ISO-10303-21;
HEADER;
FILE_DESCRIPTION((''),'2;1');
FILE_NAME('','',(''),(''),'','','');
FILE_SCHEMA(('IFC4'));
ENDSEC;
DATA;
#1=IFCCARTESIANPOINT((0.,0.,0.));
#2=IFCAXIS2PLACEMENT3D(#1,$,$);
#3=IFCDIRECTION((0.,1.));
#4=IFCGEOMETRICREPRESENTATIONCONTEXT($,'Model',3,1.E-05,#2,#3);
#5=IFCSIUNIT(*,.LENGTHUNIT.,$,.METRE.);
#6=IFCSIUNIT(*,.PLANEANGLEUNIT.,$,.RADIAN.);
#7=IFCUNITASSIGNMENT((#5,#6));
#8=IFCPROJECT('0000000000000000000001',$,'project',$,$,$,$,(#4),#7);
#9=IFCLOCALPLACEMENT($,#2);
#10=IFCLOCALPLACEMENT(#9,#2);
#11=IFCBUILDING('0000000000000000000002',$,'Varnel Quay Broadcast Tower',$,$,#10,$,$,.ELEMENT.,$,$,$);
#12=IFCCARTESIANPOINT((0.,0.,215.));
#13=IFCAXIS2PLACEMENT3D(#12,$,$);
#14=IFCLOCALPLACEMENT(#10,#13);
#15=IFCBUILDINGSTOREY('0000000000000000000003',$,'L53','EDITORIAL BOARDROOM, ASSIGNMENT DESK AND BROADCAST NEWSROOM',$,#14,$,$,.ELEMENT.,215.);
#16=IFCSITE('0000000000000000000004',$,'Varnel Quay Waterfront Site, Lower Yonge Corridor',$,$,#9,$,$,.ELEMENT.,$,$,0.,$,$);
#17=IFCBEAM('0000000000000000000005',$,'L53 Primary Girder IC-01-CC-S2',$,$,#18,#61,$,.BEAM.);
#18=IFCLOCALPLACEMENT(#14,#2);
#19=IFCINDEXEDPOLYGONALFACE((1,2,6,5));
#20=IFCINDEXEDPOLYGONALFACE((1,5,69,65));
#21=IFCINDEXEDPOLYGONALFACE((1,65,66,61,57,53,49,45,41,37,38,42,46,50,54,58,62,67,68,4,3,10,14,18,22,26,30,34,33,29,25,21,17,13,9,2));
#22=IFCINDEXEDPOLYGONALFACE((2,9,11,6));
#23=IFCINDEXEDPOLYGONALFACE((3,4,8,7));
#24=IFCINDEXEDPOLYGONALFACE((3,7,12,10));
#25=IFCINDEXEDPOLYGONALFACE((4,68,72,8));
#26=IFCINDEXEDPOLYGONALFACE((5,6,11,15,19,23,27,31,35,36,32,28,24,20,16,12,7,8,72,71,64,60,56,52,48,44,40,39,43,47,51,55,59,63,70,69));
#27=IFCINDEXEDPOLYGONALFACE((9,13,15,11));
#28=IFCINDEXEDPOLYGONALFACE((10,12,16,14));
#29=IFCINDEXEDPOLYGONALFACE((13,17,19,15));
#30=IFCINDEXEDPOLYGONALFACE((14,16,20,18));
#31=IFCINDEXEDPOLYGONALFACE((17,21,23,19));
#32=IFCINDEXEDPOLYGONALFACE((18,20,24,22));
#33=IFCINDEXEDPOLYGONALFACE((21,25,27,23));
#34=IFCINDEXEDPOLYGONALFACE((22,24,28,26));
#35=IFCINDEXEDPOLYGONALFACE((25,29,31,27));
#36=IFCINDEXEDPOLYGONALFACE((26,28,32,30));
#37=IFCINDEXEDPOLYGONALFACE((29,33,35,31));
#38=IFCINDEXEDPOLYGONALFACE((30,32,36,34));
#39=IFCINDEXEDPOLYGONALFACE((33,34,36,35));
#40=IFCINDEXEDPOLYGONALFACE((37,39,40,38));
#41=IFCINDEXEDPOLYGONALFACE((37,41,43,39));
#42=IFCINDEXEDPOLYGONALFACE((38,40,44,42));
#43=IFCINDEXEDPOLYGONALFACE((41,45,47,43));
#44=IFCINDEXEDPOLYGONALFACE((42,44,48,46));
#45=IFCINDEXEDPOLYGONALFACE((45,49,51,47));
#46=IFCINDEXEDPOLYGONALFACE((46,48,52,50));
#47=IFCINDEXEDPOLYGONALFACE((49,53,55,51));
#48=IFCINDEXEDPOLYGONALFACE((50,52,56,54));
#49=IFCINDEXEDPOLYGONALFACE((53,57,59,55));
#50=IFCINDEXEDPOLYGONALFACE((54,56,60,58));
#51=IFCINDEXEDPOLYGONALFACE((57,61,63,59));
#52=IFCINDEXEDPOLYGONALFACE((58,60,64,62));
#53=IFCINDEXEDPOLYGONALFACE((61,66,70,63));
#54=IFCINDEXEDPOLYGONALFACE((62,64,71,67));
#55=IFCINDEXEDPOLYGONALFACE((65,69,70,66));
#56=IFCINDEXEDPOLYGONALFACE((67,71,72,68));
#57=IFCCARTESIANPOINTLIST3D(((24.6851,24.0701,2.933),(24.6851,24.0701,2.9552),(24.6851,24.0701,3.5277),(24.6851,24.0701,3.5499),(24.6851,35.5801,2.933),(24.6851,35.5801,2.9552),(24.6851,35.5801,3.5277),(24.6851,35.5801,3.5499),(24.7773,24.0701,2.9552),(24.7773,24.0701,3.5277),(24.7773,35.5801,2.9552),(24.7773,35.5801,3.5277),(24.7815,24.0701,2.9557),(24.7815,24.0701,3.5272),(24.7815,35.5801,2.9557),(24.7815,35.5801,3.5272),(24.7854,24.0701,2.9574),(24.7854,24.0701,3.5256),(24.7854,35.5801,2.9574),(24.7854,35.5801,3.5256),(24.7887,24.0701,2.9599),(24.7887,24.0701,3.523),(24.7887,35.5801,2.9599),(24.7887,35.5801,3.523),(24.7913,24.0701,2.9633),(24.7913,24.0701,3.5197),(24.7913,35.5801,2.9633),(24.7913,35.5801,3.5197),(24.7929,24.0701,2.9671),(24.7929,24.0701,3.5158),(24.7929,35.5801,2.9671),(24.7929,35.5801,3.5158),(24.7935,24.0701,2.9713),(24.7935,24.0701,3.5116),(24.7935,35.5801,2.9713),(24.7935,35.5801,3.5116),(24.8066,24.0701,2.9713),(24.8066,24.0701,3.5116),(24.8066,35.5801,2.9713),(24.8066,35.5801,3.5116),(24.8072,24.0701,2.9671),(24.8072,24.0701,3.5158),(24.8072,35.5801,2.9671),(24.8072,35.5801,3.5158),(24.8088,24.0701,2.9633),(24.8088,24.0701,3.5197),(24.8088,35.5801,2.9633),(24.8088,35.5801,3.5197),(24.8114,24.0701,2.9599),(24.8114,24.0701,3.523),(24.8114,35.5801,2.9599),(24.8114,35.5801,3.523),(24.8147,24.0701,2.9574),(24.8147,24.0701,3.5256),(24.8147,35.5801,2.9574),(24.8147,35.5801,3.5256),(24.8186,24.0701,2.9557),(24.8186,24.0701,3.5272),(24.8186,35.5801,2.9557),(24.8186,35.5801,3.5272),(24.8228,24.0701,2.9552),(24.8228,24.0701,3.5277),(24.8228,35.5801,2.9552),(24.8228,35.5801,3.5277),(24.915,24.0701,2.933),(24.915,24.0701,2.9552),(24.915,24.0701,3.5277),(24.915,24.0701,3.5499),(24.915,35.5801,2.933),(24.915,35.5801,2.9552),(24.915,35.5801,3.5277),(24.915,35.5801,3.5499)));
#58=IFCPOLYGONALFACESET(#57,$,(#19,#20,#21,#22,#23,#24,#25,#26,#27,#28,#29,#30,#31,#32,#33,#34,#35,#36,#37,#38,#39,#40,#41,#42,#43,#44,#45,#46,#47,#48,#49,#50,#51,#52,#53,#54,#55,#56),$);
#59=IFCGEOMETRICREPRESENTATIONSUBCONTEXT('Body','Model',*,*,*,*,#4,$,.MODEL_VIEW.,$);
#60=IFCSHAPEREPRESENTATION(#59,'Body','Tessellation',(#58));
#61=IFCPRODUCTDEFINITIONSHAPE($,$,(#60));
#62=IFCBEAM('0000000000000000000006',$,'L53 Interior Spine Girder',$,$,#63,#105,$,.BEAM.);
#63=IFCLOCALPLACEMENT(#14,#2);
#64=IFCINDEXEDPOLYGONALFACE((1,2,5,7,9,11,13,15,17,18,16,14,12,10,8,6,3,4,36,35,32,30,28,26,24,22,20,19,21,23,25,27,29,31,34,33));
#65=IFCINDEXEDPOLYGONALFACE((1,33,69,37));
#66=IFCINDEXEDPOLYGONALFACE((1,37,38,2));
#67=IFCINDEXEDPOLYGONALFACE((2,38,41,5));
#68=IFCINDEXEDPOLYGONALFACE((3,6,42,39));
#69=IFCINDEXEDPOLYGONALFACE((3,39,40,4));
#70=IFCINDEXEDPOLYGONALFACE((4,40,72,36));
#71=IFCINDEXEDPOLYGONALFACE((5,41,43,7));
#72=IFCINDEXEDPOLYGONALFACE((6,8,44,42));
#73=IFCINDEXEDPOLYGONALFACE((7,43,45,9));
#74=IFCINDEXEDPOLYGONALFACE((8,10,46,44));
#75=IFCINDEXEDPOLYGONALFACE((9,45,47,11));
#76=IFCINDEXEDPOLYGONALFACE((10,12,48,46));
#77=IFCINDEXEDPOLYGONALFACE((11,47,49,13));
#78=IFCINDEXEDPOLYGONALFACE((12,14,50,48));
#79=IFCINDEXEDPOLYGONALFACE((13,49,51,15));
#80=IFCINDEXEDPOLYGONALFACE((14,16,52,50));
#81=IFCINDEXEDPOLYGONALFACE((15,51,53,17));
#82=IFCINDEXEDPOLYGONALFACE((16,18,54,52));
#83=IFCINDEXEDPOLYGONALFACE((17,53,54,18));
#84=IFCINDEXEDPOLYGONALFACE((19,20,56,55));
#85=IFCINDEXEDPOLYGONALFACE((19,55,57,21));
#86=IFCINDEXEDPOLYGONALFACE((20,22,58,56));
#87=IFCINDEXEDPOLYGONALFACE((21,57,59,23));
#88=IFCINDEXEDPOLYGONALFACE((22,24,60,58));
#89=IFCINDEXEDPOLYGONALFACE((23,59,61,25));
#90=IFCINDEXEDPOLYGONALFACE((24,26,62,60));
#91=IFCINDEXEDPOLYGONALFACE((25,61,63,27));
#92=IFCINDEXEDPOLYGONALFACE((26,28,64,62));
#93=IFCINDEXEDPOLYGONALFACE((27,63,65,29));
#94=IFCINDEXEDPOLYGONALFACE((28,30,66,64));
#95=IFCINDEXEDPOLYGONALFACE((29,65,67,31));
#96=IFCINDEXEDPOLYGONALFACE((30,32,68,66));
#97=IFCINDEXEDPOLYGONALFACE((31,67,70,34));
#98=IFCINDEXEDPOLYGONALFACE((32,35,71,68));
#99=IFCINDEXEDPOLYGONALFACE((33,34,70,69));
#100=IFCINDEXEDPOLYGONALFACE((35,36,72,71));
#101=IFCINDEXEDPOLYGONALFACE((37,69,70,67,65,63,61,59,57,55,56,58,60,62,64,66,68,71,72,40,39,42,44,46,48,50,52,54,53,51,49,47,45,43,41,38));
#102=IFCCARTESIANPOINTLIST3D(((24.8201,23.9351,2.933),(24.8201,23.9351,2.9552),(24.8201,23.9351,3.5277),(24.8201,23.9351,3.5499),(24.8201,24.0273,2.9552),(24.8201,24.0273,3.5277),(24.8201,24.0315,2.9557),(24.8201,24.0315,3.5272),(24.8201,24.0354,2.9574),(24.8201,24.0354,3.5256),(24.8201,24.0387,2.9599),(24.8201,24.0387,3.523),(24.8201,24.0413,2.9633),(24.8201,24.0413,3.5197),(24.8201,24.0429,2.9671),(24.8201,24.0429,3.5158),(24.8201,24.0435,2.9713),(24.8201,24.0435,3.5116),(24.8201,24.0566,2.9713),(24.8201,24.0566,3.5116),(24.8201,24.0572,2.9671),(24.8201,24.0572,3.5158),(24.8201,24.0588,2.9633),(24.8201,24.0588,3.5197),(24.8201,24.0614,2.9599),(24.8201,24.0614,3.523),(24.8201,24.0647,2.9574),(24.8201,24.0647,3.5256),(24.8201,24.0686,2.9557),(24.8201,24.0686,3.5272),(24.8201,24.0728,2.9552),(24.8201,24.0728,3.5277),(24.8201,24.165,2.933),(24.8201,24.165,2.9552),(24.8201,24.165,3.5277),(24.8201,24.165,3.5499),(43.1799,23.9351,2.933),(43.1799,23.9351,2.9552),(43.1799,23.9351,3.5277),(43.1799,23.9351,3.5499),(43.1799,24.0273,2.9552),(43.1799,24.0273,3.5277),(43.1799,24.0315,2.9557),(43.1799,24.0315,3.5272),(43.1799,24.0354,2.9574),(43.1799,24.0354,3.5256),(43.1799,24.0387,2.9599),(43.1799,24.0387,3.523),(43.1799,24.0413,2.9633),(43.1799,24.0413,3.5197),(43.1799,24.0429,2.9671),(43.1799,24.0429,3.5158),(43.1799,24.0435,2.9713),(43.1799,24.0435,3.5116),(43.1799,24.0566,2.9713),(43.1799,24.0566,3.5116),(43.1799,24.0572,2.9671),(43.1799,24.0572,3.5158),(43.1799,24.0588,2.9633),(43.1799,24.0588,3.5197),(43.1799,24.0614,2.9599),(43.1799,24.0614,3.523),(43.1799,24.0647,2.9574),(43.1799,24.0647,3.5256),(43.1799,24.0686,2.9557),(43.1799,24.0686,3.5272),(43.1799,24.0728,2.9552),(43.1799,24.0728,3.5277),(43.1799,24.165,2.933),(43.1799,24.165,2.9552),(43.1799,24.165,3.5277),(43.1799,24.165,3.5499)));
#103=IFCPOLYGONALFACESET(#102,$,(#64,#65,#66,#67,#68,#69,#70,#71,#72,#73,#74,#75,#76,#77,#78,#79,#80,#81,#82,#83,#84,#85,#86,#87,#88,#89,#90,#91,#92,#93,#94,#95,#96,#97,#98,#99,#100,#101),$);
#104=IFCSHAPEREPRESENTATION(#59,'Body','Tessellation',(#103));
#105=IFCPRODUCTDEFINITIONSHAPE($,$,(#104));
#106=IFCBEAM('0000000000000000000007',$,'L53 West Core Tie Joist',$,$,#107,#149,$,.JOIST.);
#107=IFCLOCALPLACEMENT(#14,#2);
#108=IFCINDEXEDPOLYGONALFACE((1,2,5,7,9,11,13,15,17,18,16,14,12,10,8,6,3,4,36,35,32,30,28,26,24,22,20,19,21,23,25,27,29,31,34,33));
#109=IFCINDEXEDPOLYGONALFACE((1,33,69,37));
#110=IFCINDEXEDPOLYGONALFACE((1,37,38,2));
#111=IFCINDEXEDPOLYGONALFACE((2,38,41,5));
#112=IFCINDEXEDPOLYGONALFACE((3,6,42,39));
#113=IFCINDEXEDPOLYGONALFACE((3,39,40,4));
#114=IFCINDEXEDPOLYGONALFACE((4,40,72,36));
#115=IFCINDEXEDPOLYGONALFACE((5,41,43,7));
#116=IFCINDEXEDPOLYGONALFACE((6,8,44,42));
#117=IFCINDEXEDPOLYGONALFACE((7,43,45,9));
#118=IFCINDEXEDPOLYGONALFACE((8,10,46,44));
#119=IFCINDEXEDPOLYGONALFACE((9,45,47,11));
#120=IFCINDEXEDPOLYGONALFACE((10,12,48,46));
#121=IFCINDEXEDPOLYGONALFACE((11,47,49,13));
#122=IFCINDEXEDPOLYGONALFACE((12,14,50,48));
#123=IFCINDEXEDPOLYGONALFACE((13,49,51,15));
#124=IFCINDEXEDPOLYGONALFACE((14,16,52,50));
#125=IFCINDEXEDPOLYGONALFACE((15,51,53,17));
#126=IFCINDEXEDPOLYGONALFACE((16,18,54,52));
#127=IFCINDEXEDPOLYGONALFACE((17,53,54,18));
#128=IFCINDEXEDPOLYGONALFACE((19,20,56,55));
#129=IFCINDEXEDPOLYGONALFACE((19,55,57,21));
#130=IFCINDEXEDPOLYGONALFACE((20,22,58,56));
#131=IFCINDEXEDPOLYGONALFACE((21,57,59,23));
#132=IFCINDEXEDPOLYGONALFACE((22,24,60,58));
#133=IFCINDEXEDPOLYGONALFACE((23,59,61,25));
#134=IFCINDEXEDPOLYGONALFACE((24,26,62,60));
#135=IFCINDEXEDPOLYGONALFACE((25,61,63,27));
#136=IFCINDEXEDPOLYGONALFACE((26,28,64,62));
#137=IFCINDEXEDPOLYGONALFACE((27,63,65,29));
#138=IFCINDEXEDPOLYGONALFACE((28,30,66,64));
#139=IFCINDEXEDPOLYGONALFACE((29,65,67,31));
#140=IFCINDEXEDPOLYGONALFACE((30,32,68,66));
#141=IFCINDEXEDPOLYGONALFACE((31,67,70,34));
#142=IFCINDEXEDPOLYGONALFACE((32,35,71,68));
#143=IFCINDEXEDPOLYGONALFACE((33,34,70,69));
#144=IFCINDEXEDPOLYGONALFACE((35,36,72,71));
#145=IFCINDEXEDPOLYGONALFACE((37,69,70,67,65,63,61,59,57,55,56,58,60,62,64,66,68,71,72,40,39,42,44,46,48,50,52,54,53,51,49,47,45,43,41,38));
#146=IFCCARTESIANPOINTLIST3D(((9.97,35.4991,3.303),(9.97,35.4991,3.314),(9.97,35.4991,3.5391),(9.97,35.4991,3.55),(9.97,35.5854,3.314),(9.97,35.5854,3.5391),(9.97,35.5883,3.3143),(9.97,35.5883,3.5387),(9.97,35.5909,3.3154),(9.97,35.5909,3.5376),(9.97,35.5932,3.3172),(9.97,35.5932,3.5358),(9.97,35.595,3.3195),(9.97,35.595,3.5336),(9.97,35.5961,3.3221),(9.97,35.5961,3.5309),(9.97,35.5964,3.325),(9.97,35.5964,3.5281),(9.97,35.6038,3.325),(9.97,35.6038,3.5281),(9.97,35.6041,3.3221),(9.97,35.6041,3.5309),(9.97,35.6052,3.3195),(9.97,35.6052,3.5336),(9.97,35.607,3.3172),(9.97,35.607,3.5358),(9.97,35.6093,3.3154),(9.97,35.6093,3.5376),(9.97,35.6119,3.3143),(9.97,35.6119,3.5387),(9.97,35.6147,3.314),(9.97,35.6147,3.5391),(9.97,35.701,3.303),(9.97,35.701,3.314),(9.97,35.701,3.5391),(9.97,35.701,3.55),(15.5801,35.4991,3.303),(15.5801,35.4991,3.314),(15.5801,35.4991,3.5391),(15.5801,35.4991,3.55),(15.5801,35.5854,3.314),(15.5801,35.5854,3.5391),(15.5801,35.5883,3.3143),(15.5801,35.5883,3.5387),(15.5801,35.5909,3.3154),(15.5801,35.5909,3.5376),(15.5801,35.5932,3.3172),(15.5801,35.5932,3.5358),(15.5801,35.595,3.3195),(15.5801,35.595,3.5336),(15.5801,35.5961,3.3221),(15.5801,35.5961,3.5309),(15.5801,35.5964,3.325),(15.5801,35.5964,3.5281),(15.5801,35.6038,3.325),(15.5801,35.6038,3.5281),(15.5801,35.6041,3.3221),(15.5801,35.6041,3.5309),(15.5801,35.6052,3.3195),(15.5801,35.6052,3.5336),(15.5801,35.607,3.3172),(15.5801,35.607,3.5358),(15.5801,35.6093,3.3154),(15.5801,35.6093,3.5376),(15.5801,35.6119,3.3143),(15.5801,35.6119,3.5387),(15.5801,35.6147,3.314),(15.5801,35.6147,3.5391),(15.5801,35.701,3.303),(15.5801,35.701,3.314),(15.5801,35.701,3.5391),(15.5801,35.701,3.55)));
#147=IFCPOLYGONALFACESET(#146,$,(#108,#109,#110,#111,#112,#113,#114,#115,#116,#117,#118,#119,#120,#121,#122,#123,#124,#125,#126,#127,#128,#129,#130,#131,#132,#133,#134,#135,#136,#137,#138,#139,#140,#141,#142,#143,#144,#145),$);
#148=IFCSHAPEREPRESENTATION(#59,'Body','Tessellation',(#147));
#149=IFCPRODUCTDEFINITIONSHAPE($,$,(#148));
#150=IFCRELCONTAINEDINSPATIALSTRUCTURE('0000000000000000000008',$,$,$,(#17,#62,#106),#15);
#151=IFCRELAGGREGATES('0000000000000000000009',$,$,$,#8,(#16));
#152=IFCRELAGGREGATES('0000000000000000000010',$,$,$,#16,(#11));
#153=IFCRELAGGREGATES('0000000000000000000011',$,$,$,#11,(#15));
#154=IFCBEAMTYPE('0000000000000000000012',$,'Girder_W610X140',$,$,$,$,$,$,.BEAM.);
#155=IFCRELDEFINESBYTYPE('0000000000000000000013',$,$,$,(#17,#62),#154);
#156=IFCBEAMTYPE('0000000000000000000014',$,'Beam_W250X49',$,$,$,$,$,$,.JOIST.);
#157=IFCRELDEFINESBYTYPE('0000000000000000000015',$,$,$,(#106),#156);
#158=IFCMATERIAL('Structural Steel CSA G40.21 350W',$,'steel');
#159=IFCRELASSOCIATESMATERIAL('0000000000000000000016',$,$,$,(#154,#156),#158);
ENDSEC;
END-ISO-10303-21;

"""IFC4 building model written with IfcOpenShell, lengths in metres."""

from ifc_helpers import new_model, si_unit, direction, frame, origin, origin_2d, place, context, subcontext, project, spatial, i_section, extrude, source, transform, mapped, material, material_profile, profile_set, type_object, type_shapes, element, save


model = new_model("IFC4")

# Units and contexts
model_context = context("Model", 3, precision=1e-05, world=origin(), true_north=direction((0.0, 1.0)))
body_context = subcontext(model_context, "Body", "Model", "MODEL_VIEW")
ifc_project = project(units=[si_unit("LENGTHUNIT", "METRE"), si_unit("PLANEANGLEUNIT", "RADIAN")], contexts=[model_context])

# Site, building, storey
site_placement = place(None, origin())
site = spatial("IfcSite", under=ifc_project, at=site_placement, Name="Varnel Quay Waterfront Site, Lower Yonge Corridor", CompositionType="ELEMENT", RefElevation=0.0)
building_placement = place(site_placement, origin())
building = spatial("IfcBuilding", under=site, at=building_placement, Name="Varnel Quay Broadcast Tower", CompositionType="ELEMENT")
storey_placement = place(building_placement, frame((0.0, 0.0, 215.0)))
storey = spatial("IfcBuildingStorey", under=building, at=storey_placement, Name="L53", Description="EDITORIAL BOARDROOM, ASSIGNMENT DESK AND BROADCAST NEWSROOM", CompositionType="ELEMENT", Elevation=215.0)

# Shared definitions
ifc_material_1 = material(Name="Structural Steel CSA G40.21 350W", Category="steel")

# Beams
ifc_material_profile_1 = material_profile(ifc_material_1, i_section(OverallWidth=0.23, OverallDepth=0.6169, WebThickness=0.0132, FlangeThickness=0.0222, FilletRadius=0.0161, at=origin_2d()), Name="W610X140")
ifc_profile_set_1 = profile_set([ifc_material_profile_1], Name="Structural Steel CSA G40.21 350W")
beam_type_1 = type_object("IfcBeamType", Name="Girder_W610X140", PredefinedType="BEAM", material=ifc_profile_set_1)
shared_shape_1 = source(origin(), body_context, "Body", "SweptSolid", [
    extrude(i_section(OverallWidth=0.23, OverallDepth=0.6169, WebThickness=0.0132, FlangeThickness=0.0222, FilletRadius=0.0161, at=origin_2d()), origin(), (0.0, 0.0, 1.0), 11.51),
])
beam_1_placement = place(storey_placement, frame((24.8, 24.0701, 3.2415), z_axis=(0.0, 1.0, 0.0), x_axis=(-1.0, 0.0, 0.0)))
element("IfcBeam", 1, at=beam_1_placement, inside=storey, type_object=beam_type_1, Name="L53 Primary Girder IC-01-CC-S2", PredefinedType="BEAM", context=body_context, shape_type="MappedRepresentation", body=[
    mapped(shared_shape_1, transform((0.0, 0.0, 0.0), x_axis=(1.0, 0.0, 0.0), y_axis=(0.0, 1.0, 0.0), z_axis=(0.0, 0.0, 1.0), scale=1.0)),
])
shared_shape_2 = source(origin(), body_context, "Body", "SweptSolid", [
    extrude(i_section(OverallWidth=0.23, OverallDepth=0.6169, WebThickness=0.0132, FlangeThickness=0.0222, FilletRadius=0.0161, at=origin_2d()), origin(), (0.0, 0.0, 1.0), 18.3599),
])
type_shapes(beam_type_1, [shared_shape_1, shared_shape_2])
beam_2_placement = place(storey_placement, frame((24.8201, 24.05, 3.2415), z_axis=(1.0, 0.0, 0.0), x_axis=(0.0, 1.0, 0.0)))
element("IfcBeam", 2, at=beam_2_placement, inside=storey, type_object=beam_type_1, Name="L53 Interior Spine Girder", PredefinedType="BEAM", context=body_context, shape_type="MappedRepresentation", body=[
    mapped(shared_shape_2, transform((0.0, 0.0, 0.0), x_axis=(1.0, 0.0, 0.0), y_axis=(0.0, 1.0, 0.0), z_axis=(0.0, 0.0, 1.0), scale=1.0)),
])
ifc_material_profile_2 = material_profile(ifc_material_1, i_section(OverallWidth=0.2019, OverallDepth=0.2471, WebThickness=0.0073, FlangeThickness=0.011, FilletRadius=0.011, at=origin_2d()), Name="W250X49")
ifc_profile_set_2 = profile_set([ifc_material_profile_2], Name="Structural Steel CSA G40.21 350W")
beam_type_2 = type_object("IfcBeamType", Name="Beam_W250X49", PredefinedType="JOIST", material=ifc_profile_set_2)
shared_shape_3 = source(origin(), body_context, "Body", "SweptSolid", [
    extrude(i_section(OverallWidth=0.2019, OverallDepth=0.2471, WebThickness=0.0073, FlangeThickness=0.011, FilletRadius=0.011, at=origin_2d()), origin(), (0.0, 0.0, 1.0), 5.6101),
])
beam_3_placement = place(storey_placement, frame((9.97, 35.6001, 3.4265), z_axis=(1.0, 0.0, 0.0), x_axis=(0.0, 1.0, 0.0)))
element("IfcBeam", 3, at=beam_3_placement, inside=storey, type_object=beam_type_2, Name="L53 West Core Tie Joist", PredefinedType="JOIST", context=body_context, shape_type="MappedRepresentation", body=[
    mapped(shared_shape_3, transform((0.0, 0.0, 0.0), x_axis=(1.0, 0.0, 0.0), y_axis=(0.0, 1.0, 0.0), z_axis=(0.0, 0.0, 1.0), scale=1.0)),
])

save(model, "model.ifc")
